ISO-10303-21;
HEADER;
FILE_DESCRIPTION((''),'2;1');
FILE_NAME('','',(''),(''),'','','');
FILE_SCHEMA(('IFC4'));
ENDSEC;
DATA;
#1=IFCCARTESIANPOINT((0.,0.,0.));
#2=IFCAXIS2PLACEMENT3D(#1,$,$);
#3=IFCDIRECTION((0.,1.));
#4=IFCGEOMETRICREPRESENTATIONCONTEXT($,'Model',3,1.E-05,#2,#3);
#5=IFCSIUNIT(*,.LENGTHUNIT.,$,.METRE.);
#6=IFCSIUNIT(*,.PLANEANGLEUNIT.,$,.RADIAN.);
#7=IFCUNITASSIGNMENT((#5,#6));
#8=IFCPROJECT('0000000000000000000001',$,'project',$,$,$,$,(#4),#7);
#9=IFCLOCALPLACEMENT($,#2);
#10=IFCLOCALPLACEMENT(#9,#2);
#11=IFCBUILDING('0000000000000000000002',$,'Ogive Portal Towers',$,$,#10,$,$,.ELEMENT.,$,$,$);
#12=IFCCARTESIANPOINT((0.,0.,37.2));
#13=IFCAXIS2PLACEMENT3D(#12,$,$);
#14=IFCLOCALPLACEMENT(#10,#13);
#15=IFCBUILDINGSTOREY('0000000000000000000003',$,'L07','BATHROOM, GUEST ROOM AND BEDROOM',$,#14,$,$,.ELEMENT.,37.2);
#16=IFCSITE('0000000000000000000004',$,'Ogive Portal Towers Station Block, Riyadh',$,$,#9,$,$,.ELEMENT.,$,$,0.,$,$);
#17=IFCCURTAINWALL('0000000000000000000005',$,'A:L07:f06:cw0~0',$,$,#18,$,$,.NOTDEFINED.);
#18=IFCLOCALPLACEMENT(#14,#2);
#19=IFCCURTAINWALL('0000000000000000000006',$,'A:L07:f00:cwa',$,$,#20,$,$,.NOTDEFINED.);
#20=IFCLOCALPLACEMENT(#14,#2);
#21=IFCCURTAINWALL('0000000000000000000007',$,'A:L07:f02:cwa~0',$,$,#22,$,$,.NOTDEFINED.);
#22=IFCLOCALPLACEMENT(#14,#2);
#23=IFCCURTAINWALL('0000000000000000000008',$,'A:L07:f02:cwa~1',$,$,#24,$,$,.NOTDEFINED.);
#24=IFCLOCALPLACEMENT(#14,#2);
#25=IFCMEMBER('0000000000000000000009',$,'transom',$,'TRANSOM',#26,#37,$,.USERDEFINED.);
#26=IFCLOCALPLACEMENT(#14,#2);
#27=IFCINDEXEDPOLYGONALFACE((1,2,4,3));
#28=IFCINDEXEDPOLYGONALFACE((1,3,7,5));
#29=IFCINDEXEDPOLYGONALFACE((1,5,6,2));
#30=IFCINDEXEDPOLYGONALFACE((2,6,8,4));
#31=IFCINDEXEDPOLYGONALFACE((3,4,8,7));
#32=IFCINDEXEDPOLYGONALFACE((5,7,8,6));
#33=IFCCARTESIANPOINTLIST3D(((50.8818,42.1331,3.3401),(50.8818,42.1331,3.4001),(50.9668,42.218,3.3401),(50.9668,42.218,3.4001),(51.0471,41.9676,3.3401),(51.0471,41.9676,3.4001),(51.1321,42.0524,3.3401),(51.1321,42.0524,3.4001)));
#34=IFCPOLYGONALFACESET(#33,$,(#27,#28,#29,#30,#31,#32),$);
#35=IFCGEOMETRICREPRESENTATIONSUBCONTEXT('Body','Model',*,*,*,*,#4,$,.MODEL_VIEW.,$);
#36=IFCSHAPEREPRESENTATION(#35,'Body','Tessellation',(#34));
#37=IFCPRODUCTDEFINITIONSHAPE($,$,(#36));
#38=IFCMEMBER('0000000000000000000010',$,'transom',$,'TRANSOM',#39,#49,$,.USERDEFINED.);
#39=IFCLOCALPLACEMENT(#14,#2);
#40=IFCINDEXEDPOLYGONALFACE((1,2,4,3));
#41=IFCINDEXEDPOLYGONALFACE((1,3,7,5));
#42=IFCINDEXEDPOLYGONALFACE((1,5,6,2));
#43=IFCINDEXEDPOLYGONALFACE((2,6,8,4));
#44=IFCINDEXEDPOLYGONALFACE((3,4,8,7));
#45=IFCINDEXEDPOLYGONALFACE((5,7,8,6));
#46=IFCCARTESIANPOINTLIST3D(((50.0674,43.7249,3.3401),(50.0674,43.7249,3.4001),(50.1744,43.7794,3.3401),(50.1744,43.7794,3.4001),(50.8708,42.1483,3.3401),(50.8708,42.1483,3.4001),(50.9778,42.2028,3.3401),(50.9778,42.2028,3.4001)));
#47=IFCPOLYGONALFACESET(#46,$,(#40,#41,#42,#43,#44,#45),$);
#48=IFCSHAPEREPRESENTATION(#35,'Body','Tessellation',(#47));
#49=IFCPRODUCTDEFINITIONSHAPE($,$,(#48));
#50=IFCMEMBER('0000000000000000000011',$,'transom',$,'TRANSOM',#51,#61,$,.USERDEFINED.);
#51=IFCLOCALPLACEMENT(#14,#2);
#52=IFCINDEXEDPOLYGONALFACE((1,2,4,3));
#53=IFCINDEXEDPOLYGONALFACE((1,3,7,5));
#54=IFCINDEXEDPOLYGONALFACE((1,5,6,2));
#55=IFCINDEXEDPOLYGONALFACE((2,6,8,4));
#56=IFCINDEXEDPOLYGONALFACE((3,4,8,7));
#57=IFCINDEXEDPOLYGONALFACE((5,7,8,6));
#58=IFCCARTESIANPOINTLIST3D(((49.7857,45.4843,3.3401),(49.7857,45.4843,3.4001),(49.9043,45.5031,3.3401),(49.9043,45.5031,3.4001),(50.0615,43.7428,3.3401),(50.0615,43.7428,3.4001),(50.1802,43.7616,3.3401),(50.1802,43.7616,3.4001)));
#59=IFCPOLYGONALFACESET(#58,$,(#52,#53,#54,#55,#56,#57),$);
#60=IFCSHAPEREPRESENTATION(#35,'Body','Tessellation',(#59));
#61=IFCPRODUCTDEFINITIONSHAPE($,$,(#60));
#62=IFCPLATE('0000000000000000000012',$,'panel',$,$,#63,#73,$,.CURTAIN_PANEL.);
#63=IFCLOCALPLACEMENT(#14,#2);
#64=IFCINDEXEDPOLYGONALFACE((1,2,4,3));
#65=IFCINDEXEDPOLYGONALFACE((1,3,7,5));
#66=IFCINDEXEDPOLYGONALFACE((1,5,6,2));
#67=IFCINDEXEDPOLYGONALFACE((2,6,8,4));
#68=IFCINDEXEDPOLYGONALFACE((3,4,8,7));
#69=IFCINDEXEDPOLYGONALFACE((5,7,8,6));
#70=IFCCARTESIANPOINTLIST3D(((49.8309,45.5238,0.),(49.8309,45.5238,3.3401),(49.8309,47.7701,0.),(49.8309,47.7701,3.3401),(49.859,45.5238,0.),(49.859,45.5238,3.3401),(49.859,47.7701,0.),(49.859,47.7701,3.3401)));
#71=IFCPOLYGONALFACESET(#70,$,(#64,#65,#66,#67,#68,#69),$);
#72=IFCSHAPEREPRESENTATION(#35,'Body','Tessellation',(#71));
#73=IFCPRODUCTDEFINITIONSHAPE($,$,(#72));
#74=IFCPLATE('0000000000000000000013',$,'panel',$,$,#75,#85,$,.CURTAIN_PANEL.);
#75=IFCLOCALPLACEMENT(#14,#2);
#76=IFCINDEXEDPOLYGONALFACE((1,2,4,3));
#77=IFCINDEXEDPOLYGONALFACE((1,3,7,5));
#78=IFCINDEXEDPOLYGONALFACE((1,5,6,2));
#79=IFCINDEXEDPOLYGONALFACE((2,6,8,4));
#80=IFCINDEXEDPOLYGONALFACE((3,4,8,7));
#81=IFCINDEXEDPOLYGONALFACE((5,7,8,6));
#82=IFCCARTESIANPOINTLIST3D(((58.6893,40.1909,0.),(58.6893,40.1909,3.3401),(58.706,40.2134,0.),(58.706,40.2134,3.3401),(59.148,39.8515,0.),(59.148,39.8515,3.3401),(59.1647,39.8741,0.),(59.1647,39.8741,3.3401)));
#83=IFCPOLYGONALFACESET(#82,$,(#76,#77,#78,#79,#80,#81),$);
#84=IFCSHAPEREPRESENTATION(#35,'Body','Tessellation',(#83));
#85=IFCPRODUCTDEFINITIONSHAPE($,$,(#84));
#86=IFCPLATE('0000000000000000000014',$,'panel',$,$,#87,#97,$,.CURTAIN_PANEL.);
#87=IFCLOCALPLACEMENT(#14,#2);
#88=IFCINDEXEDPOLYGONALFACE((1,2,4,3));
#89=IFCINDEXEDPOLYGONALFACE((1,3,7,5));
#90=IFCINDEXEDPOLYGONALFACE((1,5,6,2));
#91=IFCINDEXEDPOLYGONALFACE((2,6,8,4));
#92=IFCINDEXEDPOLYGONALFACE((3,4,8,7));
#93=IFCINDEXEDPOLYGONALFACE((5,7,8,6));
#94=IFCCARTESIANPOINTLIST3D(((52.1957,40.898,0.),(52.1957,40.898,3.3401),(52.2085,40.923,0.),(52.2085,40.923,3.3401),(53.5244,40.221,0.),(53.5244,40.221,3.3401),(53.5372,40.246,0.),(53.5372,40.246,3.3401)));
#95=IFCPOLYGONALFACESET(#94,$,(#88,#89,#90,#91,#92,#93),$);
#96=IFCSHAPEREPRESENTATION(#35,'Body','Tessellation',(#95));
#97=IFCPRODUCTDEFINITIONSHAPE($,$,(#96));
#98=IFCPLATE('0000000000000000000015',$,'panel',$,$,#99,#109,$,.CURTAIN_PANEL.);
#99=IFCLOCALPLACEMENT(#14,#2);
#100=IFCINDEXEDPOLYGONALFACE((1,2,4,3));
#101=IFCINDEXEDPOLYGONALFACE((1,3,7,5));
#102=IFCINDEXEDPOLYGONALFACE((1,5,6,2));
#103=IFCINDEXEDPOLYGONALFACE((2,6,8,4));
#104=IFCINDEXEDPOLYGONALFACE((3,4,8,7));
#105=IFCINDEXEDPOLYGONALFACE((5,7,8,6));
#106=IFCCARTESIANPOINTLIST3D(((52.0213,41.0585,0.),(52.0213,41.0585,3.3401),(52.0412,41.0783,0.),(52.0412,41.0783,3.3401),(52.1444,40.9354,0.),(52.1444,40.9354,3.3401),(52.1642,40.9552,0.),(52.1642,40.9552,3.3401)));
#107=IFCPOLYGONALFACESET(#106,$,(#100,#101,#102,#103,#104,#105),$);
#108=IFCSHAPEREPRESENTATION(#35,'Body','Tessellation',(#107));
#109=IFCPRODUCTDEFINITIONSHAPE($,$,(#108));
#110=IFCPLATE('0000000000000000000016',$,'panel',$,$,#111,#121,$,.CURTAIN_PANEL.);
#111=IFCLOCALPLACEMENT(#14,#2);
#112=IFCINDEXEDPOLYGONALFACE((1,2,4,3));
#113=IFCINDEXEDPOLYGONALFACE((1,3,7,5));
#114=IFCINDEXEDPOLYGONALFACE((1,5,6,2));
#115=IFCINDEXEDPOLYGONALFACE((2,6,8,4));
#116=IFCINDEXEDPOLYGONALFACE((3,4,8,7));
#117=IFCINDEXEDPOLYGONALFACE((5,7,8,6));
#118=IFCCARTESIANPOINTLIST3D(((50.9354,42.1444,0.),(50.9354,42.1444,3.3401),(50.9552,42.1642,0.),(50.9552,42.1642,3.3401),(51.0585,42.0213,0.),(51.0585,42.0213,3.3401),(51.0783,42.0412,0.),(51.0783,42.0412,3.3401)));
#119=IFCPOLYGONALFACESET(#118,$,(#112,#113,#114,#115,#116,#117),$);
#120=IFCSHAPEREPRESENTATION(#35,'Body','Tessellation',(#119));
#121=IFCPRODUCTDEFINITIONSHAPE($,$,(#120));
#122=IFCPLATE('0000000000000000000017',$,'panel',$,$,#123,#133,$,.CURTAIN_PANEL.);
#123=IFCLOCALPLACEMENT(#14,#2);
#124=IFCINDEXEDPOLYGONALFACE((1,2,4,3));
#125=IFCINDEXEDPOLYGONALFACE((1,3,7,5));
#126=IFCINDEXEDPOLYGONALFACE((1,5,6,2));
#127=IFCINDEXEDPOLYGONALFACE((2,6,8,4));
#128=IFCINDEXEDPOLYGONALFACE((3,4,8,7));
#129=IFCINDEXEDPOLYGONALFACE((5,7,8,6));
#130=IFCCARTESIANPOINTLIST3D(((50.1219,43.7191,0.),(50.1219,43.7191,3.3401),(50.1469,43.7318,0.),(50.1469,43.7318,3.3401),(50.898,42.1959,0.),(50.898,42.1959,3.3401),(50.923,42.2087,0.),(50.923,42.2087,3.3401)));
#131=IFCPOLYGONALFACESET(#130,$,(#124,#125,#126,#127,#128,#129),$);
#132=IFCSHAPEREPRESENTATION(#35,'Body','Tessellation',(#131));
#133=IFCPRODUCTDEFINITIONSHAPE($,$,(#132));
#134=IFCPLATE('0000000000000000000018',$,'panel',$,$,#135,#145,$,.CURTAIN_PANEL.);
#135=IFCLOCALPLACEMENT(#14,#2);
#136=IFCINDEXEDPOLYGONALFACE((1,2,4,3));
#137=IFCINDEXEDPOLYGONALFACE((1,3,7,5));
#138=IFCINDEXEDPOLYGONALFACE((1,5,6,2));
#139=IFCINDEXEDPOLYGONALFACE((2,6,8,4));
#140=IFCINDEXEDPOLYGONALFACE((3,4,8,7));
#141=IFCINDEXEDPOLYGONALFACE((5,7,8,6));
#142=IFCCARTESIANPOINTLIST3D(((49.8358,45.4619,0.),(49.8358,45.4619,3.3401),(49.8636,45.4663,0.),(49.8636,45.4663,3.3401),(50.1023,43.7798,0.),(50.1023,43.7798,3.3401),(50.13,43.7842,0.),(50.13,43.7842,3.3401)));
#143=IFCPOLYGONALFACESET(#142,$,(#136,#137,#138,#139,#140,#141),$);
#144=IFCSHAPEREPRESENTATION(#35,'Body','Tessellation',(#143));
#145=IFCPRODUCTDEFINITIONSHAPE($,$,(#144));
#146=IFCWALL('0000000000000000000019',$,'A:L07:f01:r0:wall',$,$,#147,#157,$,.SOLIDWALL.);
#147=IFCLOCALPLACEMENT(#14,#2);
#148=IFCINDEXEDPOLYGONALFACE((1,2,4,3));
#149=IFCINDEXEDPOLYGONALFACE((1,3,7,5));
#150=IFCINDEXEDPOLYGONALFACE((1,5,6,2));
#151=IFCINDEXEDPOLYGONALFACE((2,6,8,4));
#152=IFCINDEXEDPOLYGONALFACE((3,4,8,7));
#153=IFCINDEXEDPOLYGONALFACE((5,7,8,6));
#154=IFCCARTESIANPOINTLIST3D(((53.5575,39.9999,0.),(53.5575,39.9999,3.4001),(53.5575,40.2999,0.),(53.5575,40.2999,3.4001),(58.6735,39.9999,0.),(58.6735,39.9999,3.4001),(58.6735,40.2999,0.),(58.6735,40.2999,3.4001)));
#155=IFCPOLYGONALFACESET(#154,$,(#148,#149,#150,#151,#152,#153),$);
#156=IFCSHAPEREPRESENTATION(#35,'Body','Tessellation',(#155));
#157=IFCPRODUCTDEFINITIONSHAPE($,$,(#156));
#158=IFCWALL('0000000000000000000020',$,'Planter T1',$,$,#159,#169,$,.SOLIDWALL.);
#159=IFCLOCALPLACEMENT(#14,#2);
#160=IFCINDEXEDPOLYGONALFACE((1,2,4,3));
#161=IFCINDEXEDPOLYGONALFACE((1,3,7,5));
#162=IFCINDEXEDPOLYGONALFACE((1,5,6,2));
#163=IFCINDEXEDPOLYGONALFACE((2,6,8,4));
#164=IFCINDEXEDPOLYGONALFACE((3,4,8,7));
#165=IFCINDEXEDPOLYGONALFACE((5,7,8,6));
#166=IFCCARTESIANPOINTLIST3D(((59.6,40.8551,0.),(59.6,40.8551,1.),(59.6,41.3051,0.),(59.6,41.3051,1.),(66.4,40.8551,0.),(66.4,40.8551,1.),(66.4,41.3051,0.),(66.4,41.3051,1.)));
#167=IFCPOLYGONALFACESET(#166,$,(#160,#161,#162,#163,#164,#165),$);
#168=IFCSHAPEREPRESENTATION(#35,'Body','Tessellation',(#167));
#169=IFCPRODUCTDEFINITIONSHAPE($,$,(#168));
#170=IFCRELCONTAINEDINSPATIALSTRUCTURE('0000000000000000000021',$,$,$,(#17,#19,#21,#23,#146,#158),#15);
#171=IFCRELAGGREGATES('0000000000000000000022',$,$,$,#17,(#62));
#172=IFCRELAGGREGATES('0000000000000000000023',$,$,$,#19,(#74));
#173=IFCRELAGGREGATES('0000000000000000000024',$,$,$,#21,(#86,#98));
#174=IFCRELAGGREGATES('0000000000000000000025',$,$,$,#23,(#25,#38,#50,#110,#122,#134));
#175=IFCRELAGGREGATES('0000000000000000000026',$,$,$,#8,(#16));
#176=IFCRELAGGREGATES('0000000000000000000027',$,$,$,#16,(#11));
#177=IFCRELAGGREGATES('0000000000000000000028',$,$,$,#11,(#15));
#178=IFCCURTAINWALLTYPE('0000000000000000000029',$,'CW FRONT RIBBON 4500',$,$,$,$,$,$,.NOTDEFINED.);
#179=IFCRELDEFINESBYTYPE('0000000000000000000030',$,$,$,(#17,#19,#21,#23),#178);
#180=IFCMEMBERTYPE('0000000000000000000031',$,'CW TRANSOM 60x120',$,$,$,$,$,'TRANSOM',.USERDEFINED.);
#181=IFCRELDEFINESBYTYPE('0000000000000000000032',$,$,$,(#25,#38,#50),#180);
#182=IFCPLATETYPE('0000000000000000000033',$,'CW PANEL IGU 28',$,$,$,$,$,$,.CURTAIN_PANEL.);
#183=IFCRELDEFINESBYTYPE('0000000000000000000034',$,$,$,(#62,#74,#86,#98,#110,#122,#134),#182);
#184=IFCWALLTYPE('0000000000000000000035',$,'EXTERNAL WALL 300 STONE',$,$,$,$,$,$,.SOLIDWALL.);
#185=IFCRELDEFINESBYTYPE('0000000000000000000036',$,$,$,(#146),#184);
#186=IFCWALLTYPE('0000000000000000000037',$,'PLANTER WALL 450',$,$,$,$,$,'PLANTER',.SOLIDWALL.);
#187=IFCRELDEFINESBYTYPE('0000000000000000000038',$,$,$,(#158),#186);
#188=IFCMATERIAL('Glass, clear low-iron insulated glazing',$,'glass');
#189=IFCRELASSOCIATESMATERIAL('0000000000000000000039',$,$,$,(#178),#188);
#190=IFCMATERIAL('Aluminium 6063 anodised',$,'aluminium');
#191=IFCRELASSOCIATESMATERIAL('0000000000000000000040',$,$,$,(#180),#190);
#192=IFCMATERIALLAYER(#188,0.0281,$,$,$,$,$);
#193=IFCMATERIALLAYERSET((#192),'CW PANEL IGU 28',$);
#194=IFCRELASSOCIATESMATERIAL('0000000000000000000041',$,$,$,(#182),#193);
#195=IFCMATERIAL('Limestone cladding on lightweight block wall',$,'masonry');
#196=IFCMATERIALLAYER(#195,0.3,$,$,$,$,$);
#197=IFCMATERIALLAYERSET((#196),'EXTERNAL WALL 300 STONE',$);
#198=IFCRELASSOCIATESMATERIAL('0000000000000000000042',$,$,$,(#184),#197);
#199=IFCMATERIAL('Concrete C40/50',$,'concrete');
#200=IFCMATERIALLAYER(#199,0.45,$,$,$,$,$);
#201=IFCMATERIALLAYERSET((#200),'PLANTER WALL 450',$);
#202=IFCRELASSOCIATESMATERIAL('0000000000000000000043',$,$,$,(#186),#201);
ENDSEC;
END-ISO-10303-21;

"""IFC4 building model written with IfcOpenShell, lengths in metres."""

from ifc_helpers import new_model, si_unit, direction, frame, frame_2d, origin, origin_2d, place, context, subcontext, project, spatial, rectangle, extrude, material, layer, layer_set, material_profile, profile_set, type_object, element, aggregate, save


model = new_model("IFC4")

# Units and contexts
model_context = context("Model", 3, precision=1e-05, world=origin(), true_north=direction((0.0, 1.0)))
body_context = subcontext(model_context, "Body", "Model", "MODEL_VIEW")
ifc_project = project(units=[si_unit("LENGTHUNIT", "METRE"), si_unit("PLANEANGLEUNIT", "RADIAN")], contexts=[model_context])

# Site, building, storey
site_placement = place(None, origin())
site = spatial("IfcSite", under=ifc_project, at=site_placement, Name="Ogive Portal Towers Station Block, Riyadh", CompositionType="ELEMENT", RefElevation=0.0)
building_placement = place(site_placement, origin())
building = spatial("IfcBuilding", under=site, at=building_placement, Name="Ogive Portal Towers", CompositionType="ELEMENT")
storey_placement = place(building_placement, frame((0.0, 0.0, 37.2)))
storey = spatial("IfcBuildingStorey", under=building, at=storey_placement, Name="L07", Description="BATHROOM, GUEST ROOM AND BEDROOM", CompositionType="ELEMENT", Elevation=37.2)

# Curtain wall
ifc_material_1 = material(Name="Glass, clear low-iron insulated glazing", Category="glass")
curtain_wall_type = type_object("IfcCurtainWallType", Name="CW FRONT RIBBON 4500", PredefinedType="NOTDEFINED", material=ifc_material_1)
curtain_wall_1_placement = place(storey_placement, origin())
curtain_wall_1 = element("IfcCurtainWall", 1, at=curtain_wall_1_placement, inside=storey, type_object=curtain_wall_type, Name="A:L07:f06:cw0~0", PredefinedType="NOTDEFINED")
ifc_material_2 = material(Name="Aluminium 6063 anodised", Category="aluminium")

# Curtain wall
curtain_wall_2_placement = place(storey_placement, origin())
curtain_wall_2 = element("IfcCurtainWall", 2, at=curtain_wall_2_placement, inside=storey, type_object=curtain_wall_type, Name="A:L07:f00:cwa", PredefinedType="NOTDEFINED")

# Curtain walls
curtain_wall_3_placement = place(storey_placement, origin())
curtain_wall_3 = element("IfcCurtainWall", 3, at=curtain_wall_3_placement, inside=storey, type_object=curtain_wall_type, Name="A:L07:f02:cwa~0", PredefinedType="NOTDEFINED")
curtain_wall_4_placement = place(storey_placement, origin())
curtain_wall_4 = element("IfcCurtainWall", 4, at=curtain_wall_4_placement, inside=storey, type_object=curtain_wall_type, Name="A:L07:f02:cwa~1", PredefinedType="NOTDEFINED")

# Shared definitions
ifc_material_profile_1 = material_profile(ifc_material_2, rectangle(XDim=0.1201, YDim=0.0601, at=origin_2d()), Name="AL 120x60")
ifc_profile_set_1 = profile_set([ifc_material_profile_1], Name="Aluminium 6063 anodised")
member_type_1 = type_object("IfcMemberType", Name="CW TRANSOM 60x120", ElementType="TRANSOM", PredefinedType="USERDEFINED", material=ifc_profile_set_1)

# Members
member_1_placement = place(storey_placement, frame((51.0896, 42.01, 3.3701), z_axis=(-0.706585, 0.707628, 0.0), x_axis=(-0.707628, -0.706585, 0.0)))
member_1 = element("IfcMember", 5, at=member_1_placement, type_object=member_type_1, Name="transom", ObjectType="TRANSOM", PredefinedType="USERDEFINED", context=body_context, shape_type="SweptSolid", body=[
    extrude(rectangle(XDim=0.1201, YDim=0.0601, at=origin_2d()), origin(), (0.0, 0.0, 1.0), 0.2339),
])
member_2_placement = place(storey_placement, frame((50.9243, 42.1755, 3.3701), z_axis=(-0.454044, 0.890979, 0.0), x_axis=(-0.890979, -0.454044, 0.0)))
member_2 = element("IfcMember", 6, at=member_2_placement, type_object=member_type_1, Name="transom", ObjectType="TRANSOM", PredefinedType="USERDEFINED", context=body_context, shape_type="SweptSolid", body=[
    extrude(rectangle(XDim=0.1201, YDim=0.0601, at=origin_2d()), origin(), (0.0, 0.0, 1.0), 1.7695),
])
member_3_placement = place(storey_placement, frame((50.1208, 43.7522, 3.3701), z_axis=(-0.156467, 0.987683, 0.0), x_axis=(-0.987683, -0.156467, 0.0)))
member_3 = element("IfcMember", 7, at=member_3_placement, type_object=member_type_1, Name="transom", ObjectType="TRANSOM", PredefinedType="USERDEFINED", context=body_context, shape_type="SweptSolid", body=[
    extrude(rectangle(XDim=0.1201, YDim=0.0601, at=origin_2d()), origin(), (0.0, 0.0, 1.0), 1.7632),
])

# Plates
ifc_layer_1 = layer(ifc_material_1, 0.0281)
ifc_layer_set_1 = layer_set([ifc_layer_1], Name="CW PANEL IGU 28")
plate_type = type_object("IfcPlateType", Name="CW PANEL IGU 28", PredefinedType="CURTAIN_PANEL", material=ifc_layer_set_1)
plate_1_placement = place(storey_placement, frame((49.845, 46.647, 0.0), z_axis=(0.0, 0.0, 1.0), x_axis=(0.0, 1.0, 0.0)))
plate_1 = element("IfcPlate", 8, at=plate_1_placement, type_object=plate_type, Name="panel", PredefinedType="CURTAIN_PANEL", context=body_context, shape_type="SweptSolid", body=[
    extrude(rectangle(XDim=2.2463, YDim=0.0281, at=origin_2d()), origin(), (0.0, 0.0, 1.0), 3.3401),
])
aggregate(curtain_wall_1, [plate_1])
plate_2_placement = place(storey_placement, frame((58.927, 40.0325, 0.0), z_axis=(0.0, 0.0, 1.0), x_axis=(-0.803867, 0.594809, 0.0)))
plate_2 = element("IfcPlate", 9, at=plate_2_placement, type_object=plate_type, Name="panel", PredefinedType="CURTAIN_PANEL", context=body_context, shape_type="SweptSolid", body=[
    extrude(rectangle(XDim=0.5706, YDim=0.0281, at=origin_2d()), origin(), (0.0, 0.0, 1.0), 3.3401),
])
aggregate(curtain_wall_2, [plate_2])
plate_3_placement = place(storey_placement, frame((52.8665, 40.572, 0.0), z_axis=(0.0, 0.0, 1.0), x_axis=(-0.891007, 0.45399, 0.0)))
plate_3 = element("IfcPlate", 10, at=plate_3_placement, type_object=plate_type, Name="panel", PredefinedType="CURTAIN_PANEL", context=body_context, shape_type="SweptSolid", body=[
    extrude(rectangle(XDim=1.4912, YDim=0.0281, at=origin_2d()), origin(), (0.0, 0.0, 1.0), 3.3401),
])
plate_4_placement = place(storey_placement, frame((52.0928, 41.0068, 0.0), z_axis=(0.0, 0.0, 1.0), x_axis=(-0.707107, 0.707107, 0.0)))
plate_4 = element("IfcPlate", 11, at=plate_4_placement, type_object=plate_type, Name="panel", PredefinedType="CURTAIN_PANEL", context=body_context, shape_type="SweptSolid", body=[
    extrude(rectangle(XDim=0.1741, YDim=0.0281, at=origin_2d()), origin(), (0.0, 0.0, 1.0), 3.3401),
])
aggregate(curtain_wall_3, [plate_3, plate_4])
plate_5_placement = place(storey_placement, frame((51.0068, 42.0928, 0.0), z_axis=(0.0, 0.0, 1.0), x_axis=(-0.707107, 0.707107, 0.0)))
plate_5 = element("IfcPlate", 12, at=plate_5_placement, type_object=plate_type, Name="panel", PredefinedType="CURTAIN_PANEL", context=body_context, shape_type="SweptSolid", body=[
    extrude(rectangle(XDim=0.1741, YDim=0.0281, at=origin_2d()), origin(), (0.0, 0.0, 1.0), 3.3401),
])
plate_6_placement = place(storey_placement, frame((50.5225, 42.9639, 0.0), z_axis=(0.0, 0.0, 1.0), x_axis=(-0.45399, 0.891007, 0.0)))
plate_6 = element("IfcPlate", 13, at=plate_6_placement, type_object=plate_type, Name="panel", PredefinedType="CURTAIN_PANEL", context=body_context, shape_type="SweptSolid", body=[
    extrude(rectangle(XDim=1.7095, YDim=0.0281, at=origin_2d()), origin(), (0.0, 0.0, 1.0), 3.3401),
])
plate_7_placement = place(storey_placement, frame((49.9829, 44.623, 0.0), z_axis=(0.0, 0.0, 1.0), x_axis=(-0.156434, 0.987688, 0.0)))
plate_7 = element("IfcPlate", 14, at=plate_7_placement, type_object=plate_type, Name="panel", PredefinedType="CURTAIN_PANEL", context=body_context, shape_type="SweptSolid", body=[
    extrude(rectangle(XDim=1.7031, YDim=0.0281, at=origin_2d()), origin(), (0.0, 0.0, 1.0), 3.3401),
])
aggregate(curtain_wall_4, [member_1, member_2, member_3, plate_5, plate_6, plate_7])

# Walls
ifc_material_3 = material(Name="Limestone cladding on lightweight block wall", Category="masonry")
ifc_layer_2 = layer(ifc_material_3, 0.3)
ifc_layer_set_2 = layer_set([ifc_layer_2], Name="EXTERNAL WALL 300 STONE")
wall_type_1 = type_object("IfcWallType", Name="EXTERNAL WALL 300 STONE", PredefinedType="SOLIDWALL", material=ifc_layer_set_2)
wall_1_placement = place(storey_placement, frame((58.6736, 40.1499, 0.0), z_axis=(0.0, 0.0, 1.0), x_axis=(-1.0, 0.0, 0.0)))
element("IfcWall", 15, at=wall_1_placement, inside=storey, type_object=wall_type_1, Name="A:L07:f01:r0:wall", PredefinedType="SOLIDWALL", context=body_context, shape_type="SweptSolid", body=[
    extrude(rectangle(XDim=5.116, YDim=0.3, at=frame_2d((2.5581, 0.0))), origin(), (0.0, 0.0, 1.0), 3.4001),
])
ifc_material_4 = material(Name="Concrete C40/50", Category="concrete")
ifc_layer_3 = layer(ifc_material_4, 0.45)
ifc_layer_set_3 = layer_set([ifc_layer_3], Name="PLANTER WALL 450")
wall_type_2 = type_object("IfcWallType", Name="PLANTER WALL 450", ElementType="PLANTER", PredefinedType="SOLIDWALL", material=ifc_layer_set_3)
wall_2_placement = place(storey_placement, frame((63.0, 41.0801, 0.0), z_axis=(0.0, 0.0, 1.0), x_axis=(1.0, 0.0, 0.0)))
element("IfcWall", 16, at=wall_2_placement, inside=storey, type_object=wall_type_2, Name="Planter T1", PredefinedType="SOLIDWALL", context=body_context, shape_type="SweptSolid", body=[
    extrude(rectangle(XDim=6.8, YDim=0.45, at=origin_2d()), origin(), (0.0, 0.0, 1.0), 1.0),
])

save(model, "model.ifc")
